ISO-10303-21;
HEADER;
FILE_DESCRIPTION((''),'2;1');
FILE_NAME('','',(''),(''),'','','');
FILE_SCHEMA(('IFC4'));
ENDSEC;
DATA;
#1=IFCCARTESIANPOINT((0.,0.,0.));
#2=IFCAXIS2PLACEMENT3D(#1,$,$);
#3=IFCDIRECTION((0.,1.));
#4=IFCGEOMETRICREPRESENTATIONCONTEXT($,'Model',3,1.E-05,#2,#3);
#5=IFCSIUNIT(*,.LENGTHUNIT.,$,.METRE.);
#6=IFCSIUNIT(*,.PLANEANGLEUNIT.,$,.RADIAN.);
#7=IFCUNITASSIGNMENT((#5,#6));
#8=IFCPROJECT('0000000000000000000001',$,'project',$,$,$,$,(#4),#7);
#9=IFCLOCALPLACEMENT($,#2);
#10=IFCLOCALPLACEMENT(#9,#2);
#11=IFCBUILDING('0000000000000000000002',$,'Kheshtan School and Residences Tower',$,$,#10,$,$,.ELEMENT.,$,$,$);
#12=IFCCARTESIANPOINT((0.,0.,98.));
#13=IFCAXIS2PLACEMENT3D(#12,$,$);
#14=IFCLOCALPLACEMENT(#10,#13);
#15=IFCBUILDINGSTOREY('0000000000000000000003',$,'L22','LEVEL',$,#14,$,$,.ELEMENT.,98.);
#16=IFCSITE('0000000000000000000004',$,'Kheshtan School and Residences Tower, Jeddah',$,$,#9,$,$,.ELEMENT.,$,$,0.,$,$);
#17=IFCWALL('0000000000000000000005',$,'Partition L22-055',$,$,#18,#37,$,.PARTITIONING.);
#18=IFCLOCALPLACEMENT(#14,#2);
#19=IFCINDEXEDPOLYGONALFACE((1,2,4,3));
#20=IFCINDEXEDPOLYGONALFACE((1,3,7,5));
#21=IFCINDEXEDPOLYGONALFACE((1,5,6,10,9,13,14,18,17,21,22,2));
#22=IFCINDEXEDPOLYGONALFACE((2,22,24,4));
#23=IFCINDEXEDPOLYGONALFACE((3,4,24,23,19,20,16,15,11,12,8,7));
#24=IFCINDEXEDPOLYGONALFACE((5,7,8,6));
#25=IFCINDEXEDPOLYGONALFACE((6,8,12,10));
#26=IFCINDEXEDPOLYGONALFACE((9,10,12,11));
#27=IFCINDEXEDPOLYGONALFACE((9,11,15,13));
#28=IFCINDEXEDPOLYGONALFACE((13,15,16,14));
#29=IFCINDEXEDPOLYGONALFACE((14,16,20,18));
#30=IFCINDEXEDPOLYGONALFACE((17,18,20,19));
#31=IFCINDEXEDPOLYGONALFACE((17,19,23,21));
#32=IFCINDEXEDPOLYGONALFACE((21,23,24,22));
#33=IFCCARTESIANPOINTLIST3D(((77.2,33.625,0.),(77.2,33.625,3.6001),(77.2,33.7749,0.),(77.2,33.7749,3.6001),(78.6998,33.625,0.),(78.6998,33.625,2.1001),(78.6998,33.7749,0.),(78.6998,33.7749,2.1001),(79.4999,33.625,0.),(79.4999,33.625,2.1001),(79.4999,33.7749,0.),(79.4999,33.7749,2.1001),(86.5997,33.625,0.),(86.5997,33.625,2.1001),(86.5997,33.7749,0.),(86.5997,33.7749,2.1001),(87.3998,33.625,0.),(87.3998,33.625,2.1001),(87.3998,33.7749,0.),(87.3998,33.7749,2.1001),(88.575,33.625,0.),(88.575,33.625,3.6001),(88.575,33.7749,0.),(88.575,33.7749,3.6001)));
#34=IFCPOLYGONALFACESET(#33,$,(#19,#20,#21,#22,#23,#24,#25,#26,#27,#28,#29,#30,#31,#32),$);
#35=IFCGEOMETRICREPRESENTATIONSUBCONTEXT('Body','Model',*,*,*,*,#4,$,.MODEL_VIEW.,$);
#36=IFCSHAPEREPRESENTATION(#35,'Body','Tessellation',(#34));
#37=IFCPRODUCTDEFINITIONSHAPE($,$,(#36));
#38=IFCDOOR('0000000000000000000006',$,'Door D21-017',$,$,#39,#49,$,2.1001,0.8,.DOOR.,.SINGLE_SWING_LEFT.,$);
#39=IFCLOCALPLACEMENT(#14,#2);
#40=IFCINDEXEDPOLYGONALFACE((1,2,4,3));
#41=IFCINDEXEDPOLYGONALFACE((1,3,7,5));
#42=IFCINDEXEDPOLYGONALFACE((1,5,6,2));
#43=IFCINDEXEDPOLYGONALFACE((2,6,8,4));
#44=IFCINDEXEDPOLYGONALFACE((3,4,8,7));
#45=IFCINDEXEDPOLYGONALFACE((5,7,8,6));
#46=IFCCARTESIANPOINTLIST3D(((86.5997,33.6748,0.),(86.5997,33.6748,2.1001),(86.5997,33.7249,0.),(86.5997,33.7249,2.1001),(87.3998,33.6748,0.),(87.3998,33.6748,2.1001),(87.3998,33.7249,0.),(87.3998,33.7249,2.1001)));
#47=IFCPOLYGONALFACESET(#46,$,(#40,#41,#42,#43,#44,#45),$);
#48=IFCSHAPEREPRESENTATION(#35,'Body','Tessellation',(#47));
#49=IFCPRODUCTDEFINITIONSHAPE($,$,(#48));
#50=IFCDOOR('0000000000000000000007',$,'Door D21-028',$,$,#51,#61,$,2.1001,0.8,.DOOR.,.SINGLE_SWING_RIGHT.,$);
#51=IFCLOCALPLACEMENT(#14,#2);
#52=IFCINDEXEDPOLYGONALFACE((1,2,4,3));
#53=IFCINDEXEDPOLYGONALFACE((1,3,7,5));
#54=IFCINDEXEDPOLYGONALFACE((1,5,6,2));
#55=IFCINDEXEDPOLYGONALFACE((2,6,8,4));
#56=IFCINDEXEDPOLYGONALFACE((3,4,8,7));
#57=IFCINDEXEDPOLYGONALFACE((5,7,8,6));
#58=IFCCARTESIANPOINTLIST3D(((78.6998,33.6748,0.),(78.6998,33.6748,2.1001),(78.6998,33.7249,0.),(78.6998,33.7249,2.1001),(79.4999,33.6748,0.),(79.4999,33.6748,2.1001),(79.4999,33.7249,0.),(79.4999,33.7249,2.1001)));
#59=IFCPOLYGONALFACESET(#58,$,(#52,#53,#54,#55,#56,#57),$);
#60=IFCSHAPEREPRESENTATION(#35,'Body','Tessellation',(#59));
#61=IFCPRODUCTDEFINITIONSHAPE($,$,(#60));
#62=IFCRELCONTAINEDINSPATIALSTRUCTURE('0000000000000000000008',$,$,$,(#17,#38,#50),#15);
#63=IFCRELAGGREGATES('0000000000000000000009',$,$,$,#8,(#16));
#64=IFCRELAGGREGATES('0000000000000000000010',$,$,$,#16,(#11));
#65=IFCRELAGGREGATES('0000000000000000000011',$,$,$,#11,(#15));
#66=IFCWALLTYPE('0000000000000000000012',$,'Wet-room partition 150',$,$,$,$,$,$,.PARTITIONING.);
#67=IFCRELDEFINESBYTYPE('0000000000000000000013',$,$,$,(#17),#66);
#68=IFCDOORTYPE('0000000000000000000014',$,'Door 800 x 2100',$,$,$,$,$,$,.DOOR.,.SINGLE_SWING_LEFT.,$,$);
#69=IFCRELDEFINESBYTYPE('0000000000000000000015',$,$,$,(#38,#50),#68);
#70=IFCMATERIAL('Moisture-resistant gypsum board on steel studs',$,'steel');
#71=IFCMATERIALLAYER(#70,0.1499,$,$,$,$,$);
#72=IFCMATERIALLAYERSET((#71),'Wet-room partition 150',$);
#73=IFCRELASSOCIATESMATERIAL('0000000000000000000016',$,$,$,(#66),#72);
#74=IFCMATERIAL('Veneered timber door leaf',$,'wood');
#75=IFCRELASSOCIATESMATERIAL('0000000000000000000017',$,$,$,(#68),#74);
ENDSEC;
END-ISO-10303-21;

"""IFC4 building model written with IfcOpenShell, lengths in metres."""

from ifc_helpers import new_model, si_unit, direction, frame, frame_2d, origin, place, context, subcontext, project, spatial, rectangle, extrude, source, transform, mapped, material, layer, layer_set, type_object, element, fill, save


model = new_model("IFC4")

# Units and contexts
model_context = context("Model", 3, precision=1e-05, world=origin(), true_north=direction((0.0, 1.0)))
body_context = subcontext(model_context, "Body", "Model", "MODEL_VIEW")
ifc_project = project(units=[si_unit("LENGTHUNIT", "METRE"), si_unit("PLANEANGLEUNIT", "RADIAN")], contexts=[model_context])

# Site, building, storey
site_placement = place(None, origin())
site = spatial("IfcSite", under=ifc_project, at=site_placement, Name="Kheshtan School and Residences Tower, Jeddah", CompositionType="ELEMENT", RefElevation=0.0)
building_placement = place(site_placement, origin())
building = spatial("IfcBuilding", under=site, at=building_placement, Name="Kheshtan School and Residences Tower", CompositionType="ELEMENT")
storey_placement = place(building_placement, frame((0.0, 0.0, 98.0)))
storey = spatial("IfcBuildingStorey", under=building, at=storey_placement, Name="L22", Description="LEVEL", CompositionType="ELEMENT", Elevation=98.0)

# Wall, openings, doors
ifc_material_1 = material(Name="Moisture-resistant gypsum board on steel studs", Category="steel")
ifc_layer_1 = layer(ifc_material_1, 0.1499)
ifc_layer_set_1 = layer_set([ifc_layer_1], Name="Wet-room partition 150")
wall_type_1 = type_object("IfcWallType", Name="Wet-room partition 150", PredefinedType="PARTITIONING", material=ifc_layer_set_1)
wall_1_placement = place(storey_placement, frame((77.2, 33.7, 0.0), z_axis=(0.0, 0.0, 1.0), x_axis=(1.0, 0.0, 0.0)))
wall_1 = element("IfcWall", 1, at=wall_1_placement, inside=storey, type_object=wall_type_1, Name="Partition L22-055", PredefinedType="PARTITIONING", context=body_context, shape_type="SweptSolid", body=[
    extrude(rectangle(XDim=11.375, YDim=0.1499, at=frame_2d((5.6875, 0.0))), origin(), (0.0, 0.0, 1.0), 3.6001),
])
opening_1_placement = place(wall_1_placement, frame((9.3999, 0.0, 0.0)))
opening_1 = element("IfcOpeningElement", 2, at=opening_1_placement, cuts=wall_1, PredefinedType="OPENING", context=body_context, shape_type="SweptSolid", body=[
    extrude(rectangle(XDim=0.8, YDim=2.1001, at=frame_2d((0.3999, 1.05))), frame((0.0, 0.085, 0.0), z_axis=(0.0, -1.0, 0.0), x_axis=(1.0, 0.0, 0.0)), (0.0, 0.0, 1.0), 0.1699),
])
opening_2_placement = place(wall_1_placement, frame((1.5, 0.0, 0.0)))
opening_2 = element("IfcOpeningElement", 3, at=opening_2_placement, cuts=wall_1, PredefinedType="OPENING", context=body_context, shape_type="SweptSolid", body=[
    extrude(rectangle(XDim=0.8, YDim=2.1001, at=frame_2d((0.3999, 1.05))), frame((0.0, 0.085, 0.0), z_axis=(0.0, -1.0, 0.0), x_axis=(1.0, 0.0, 0.0)), (0.0, 0.0, 1.0), 0.1699),
])
ifc_material_2 = material(Name="Veneered timber door leaf", Category="wood")
door_type_1 = type_object("IfcDoorType", Name="Door 800 x 2100", OperationType="SINGLE_SWING_LEFT", PredefinedType="DOOR", material=ifc_material_2)
shared_shape_1 = source(origin(), body_context, "Body", "SweptSolid", [
    extrude(rectangle(XDim=0.8, YDim=2.1001, at=frame_2d((0.3999, 1.05))), frame((0.0, 0.0249, 0.0), z_axis=(0.0, -1.0, 0.0), x_axis=(1.0, 0.0, 0.0)), (0.0, 0.0, 1.0), 0.05),
])
door_1_placement = place(opening_1_placement, origin())
door_1 = element("IfcDoor", 4, at=door_1_placement, inside=storey, type_object=door_type_1, Name="Door D21-017", OperationType="SINGLE_SWING_LEFT", OverallHeight=2.1001, OverallWidth=0.8, PredefinedType="DOOR", context=body_context, shape_type="MappedRepresentation", body=[
    mapped(shared_shape_1, transform((0.0, 0.0, 0.0), x_axis=(1.0, 0.0, 0.0), y_axis=(0.0, 1.0, 0.0), z_axis=(0.0, 0.0, 1.0), scale=1.0)),
])
fill(opening_1, door_1)
door_2_placement = place(opening_2_placement, origin())
door_2 = element("IfcDoor", 5, at=door_2_placement, inside=storey, type_object=door_type_1, Name="Door D21-028", OperationType="SINGLE_SWING_RIGHT", OverallHeight=2.1001, OverallWidth=0.8, PredefinedType="DOOR", context=body_context, shape_type="MappedRepresentation", body=[
    mapped(shared_shape_1, transform((0.0, 0.0, 0.0), x_axis=(1.0, 0.0, 0.0), y_axis=(0.0, 1.0, 0.0), z_axis=(0.0, 0.0, 1.0), scale=1.0)),
])
fill(opening_2, door_2)

save(model, "model.ifc")
